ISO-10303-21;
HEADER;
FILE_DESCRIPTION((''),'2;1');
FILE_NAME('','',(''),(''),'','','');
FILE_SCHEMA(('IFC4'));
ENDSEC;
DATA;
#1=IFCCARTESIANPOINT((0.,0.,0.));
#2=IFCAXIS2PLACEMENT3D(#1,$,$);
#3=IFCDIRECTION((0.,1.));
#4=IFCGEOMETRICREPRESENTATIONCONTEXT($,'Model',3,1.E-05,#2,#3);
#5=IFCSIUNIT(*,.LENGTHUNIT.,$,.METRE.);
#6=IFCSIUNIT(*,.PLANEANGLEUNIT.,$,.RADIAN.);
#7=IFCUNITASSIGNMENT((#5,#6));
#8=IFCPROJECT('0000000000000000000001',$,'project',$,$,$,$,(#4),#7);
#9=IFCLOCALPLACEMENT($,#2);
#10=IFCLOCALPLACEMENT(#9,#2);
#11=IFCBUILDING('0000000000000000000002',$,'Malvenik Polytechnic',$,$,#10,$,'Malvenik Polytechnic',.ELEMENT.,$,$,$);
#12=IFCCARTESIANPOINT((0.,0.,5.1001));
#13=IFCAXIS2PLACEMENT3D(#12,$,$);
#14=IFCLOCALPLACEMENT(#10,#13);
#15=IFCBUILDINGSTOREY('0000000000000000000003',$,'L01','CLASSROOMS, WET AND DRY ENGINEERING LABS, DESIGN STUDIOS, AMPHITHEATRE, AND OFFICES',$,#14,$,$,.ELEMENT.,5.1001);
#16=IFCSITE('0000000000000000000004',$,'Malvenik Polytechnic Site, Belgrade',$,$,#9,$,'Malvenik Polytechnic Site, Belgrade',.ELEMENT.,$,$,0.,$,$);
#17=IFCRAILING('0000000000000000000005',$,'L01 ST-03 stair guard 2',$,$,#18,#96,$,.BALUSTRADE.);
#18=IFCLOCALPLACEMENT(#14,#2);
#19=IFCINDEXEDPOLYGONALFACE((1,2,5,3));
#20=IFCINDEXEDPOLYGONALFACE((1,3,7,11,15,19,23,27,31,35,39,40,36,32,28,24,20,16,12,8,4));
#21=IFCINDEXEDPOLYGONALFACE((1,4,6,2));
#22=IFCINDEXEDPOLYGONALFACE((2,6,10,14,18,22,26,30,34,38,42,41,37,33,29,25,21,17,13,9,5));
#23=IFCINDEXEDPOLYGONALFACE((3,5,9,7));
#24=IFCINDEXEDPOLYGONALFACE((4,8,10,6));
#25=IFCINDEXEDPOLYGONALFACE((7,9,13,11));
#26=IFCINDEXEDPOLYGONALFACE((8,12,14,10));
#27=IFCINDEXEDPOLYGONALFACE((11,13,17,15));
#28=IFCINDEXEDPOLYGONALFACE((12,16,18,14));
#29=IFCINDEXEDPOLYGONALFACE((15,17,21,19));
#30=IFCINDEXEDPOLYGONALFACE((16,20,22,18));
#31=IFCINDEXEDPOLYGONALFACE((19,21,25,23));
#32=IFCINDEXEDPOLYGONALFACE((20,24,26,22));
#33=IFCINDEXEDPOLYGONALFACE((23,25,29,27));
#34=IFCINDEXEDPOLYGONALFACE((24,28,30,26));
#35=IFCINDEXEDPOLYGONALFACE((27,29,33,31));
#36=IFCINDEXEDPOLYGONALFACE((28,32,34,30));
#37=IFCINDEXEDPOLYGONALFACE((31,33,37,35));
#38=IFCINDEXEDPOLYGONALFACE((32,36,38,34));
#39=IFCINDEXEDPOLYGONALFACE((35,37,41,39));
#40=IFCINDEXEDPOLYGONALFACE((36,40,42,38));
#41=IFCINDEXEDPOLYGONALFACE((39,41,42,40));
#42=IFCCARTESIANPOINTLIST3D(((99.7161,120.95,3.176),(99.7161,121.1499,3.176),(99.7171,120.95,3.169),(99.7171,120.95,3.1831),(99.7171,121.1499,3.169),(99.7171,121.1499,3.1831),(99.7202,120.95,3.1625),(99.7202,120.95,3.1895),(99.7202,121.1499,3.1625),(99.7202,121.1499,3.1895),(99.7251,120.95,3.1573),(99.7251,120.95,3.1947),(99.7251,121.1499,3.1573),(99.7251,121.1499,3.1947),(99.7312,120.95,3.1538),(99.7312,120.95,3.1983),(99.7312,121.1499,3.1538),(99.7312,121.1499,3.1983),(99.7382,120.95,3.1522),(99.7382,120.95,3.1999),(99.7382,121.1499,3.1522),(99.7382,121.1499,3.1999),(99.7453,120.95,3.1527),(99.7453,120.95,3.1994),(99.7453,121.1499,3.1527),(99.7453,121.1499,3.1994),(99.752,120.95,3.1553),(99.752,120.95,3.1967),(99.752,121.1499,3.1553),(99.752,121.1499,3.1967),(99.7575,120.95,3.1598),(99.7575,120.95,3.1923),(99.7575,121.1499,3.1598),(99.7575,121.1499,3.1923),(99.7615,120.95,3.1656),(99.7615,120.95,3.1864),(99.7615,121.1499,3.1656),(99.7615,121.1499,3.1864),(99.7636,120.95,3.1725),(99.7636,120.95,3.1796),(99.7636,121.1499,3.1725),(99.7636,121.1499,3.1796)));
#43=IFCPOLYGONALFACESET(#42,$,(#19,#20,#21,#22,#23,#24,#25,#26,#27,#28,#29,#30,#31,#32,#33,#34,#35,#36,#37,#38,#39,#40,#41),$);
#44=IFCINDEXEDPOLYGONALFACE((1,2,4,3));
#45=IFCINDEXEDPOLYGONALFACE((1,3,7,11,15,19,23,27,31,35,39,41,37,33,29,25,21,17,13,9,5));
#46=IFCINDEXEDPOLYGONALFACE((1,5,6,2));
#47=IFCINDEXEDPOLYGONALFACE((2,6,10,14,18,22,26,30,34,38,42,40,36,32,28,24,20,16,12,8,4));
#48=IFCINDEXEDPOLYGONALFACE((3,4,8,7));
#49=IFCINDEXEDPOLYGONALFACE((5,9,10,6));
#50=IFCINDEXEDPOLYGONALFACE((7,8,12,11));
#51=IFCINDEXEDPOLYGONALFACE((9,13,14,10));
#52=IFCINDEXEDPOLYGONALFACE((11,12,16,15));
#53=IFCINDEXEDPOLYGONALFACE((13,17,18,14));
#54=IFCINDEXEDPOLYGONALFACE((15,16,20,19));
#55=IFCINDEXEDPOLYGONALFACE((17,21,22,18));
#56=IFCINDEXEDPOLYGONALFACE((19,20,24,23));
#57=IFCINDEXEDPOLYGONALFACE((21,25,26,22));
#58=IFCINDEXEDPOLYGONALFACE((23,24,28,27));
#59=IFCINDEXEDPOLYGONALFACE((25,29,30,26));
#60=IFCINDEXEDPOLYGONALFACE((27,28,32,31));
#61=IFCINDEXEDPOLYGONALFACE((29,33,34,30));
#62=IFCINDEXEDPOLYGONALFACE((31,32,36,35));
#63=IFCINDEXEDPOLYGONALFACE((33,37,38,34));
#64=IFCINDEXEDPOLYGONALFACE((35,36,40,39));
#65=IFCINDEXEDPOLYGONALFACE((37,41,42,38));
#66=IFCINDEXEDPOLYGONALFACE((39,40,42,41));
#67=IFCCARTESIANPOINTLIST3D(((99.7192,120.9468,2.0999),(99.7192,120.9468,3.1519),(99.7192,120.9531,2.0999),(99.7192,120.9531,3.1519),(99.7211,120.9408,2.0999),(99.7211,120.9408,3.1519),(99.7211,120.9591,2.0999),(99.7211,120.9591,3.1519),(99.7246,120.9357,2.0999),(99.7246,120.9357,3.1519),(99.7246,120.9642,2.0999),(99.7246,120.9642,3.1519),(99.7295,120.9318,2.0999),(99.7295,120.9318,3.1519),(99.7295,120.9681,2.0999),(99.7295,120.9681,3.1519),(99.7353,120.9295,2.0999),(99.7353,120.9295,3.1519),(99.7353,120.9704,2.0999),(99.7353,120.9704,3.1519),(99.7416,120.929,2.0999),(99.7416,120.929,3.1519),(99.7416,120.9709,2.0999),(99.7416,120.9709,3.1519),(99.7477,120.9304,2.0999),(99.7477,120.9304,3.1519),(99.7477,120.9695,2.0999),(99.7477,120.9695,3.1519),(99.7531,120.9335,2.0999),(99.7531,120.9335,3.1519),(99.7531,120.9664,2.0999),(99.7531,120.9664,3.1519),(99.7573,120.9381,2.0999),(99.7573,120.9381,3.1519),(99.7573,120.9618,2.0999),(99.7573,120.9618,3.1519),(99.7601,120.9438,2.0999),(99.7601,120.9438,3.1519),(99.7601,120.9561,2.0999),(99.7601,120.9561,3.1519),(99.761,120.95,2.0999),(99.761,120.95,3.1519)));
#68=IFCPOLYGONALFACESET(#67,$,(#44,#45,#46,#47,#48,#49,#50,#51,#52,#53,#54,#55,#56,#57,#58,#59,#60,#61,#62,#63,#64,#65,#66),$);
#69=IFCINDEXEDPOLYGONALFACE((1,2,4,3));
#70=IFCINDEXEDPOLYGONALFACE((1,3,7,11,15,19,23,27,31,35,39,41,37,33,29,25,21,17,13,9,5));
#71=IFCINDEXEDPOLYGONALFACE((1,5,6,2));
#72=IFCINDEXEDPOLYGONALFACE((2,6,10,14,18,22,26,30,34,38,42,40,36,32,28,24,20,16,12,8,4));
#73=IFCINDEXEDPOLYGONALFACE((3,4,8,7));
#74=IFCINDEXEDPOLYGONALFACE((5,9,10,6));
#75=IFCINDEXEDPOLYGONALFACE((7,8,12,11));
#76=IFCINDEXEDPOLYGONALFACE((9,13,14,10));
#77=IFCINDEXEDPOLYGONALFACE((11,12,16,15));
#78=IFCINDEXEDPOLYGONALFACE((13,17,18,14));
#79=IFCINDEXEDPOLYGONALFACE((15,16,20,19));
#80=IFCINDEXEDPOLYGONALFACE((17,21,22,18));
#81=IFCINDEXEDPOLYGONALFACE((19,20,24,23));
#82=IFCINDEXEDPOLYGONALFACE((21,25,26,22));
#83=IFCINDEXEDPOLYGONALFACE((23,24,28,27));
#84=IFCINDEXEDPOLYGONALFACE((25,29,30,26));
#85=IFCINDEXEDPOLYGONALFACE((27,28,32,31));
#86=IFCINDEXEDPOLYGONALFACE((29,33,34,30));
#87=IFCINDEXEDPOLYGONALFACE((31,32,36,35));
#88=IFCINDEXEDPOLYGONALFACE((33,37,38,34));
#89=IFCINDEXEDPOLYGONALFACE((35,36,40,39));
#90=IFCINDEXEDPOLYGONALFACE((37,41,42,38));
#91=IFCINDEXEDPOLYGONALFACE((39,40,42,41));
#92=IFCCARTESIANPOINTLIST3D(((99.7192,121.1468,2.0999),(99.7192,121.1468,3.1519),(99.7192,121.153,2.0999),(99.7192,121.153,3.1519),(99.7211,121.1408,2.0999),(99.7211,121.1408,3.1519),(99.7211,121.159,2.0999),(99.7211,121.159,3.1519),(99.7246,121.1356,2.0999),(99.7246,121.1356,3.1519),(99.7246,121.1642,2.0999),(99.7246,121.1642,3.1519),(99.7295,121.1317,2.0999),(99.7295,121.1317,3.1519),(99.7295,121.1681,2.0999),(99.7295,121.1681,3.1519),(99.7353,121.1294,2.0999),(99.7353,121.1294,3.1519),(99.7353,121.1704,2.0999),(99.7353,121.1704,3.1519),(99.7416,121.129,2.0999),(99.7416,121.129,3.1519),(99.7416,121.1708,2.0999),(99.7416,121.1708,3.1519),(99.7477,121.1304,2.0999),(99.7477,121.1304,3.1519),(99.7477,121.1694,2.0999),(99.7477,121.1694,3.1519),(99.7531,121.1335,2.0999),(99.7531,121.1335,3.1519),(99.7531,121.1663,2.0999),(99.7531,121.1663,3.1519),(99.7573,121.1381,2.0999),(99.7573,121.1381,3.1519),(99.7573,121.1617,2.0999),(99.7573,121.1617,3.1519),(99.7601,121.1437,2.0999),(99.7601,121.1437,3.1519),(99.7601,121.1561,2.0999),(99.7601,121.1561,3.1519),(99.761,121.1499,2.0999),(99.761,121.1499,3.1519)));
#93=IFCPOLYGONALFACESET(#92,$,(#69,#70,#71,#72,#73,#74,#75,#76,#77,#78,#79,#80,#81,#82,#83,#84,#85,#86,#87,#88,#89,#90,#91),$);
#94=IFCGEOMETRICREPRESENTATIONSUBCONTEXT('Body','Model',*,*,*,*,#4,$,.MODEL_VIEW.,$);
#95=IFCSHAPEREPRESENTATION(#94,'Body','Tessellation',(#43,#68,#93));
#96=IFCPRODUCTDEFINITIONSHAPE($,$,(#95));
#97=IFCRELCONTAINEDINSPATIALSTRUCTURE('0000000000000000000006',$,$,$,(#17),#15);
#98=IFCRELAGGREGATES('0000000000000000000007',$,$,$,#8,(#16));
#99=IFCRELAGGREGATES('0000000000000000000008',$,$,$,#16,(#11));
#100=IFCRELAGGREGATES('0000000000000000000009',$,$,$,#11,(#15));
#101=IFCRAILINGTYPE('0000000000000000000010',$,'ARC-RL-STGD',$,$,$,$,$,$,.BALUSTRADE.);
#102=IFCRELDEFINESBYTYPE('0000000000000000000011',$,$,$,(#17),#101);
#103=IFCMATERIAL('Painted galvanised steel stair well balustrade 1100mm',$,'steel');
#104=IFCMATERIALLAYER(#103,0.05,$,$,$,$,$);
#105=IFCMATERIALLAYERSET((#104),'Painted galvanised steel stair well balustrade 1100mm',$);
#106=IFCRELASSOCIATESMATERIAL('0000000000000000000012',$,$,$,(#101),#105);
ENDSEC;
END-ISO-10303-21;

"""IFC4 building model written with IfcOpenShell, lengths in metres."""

from ifc_helpers import new_model, si_unit, direction, frame, origin, origin_2d, place, context, subcontext, project, spatial, circle, extrude, material, layer, layer_set, type_object, element, save


model = new_model("IFC4")

# Units and contexts
model_context = context("Model", 3, precision=1e-05, world=origin(), true_north=direction((0.0, 1.0)))
body_context = subcontext(model_context, "Body", "Model", "MODEL_VIEW")
ifc_project = project(units=[si_unit("LENGTHUNIT", "METRE"), si_unit("PLANEANGLEUNIT", "RADIAN")], contexts=[model_context])

# Site, building, storey
site_placement = place(None, origin())
site = spatial("IfcSite", under=ifc_project, at=site_placement, Name="Malvenik Polytechnic Site, Belgrade", LongName="Malvenik Polytechnic Site, Belgrade", CompositionType="ELEMENT", RefElevation=0.0)
building_placement = place(site_placement, origin())
building = spatial("IfcBuilding", under=site, at=building_placement, Name="Malvenik Polytechnic", LongName="Malvenik Polytechnic", CompositionType="ELEMENT")
storey_placement = place(building_placement, frame((0.0, 0.0, 5.1001)))
storey = spatial("IfcBuildingStorey", under=building, at=storey_placement, Name="L01", Description="CLASSROOMS, WET AND DRY ENGINEERING LABS, DESIGN STUDIOS, AMPHITHEATRE, AND OFFICES", CompositionType="ELEMENT", Elevation=5.1001)

# Railing
ifc_material_1 = material(Name="Painted galvanised steel stair well balustrade 1100mm", Category="steel")
ifc_layer_1 = layer(ifc_material_1, 0.05)
ifc_layer_set_1 = layer_set([ifc_layer_1], Name="Painted galvanised steel stair well balustrade 1100mm")
railing_type_1 = type_object("IfcRailingType", Name="ARC-RL-STGD", PredefinedType="BALUSTRADE", material=ifc_layer_set_1)
railing_1_placement = place(storey_placement, frame((99.74, 120.95, 2.0999)))
element("IfcRailing", 1, at=railing_1_placement, inside=storey, type_object=railing_type_1, Name="L01 ST-03 stair guard 2", PredefinedType="BALUSTRADE", context=body_context, shape_type="SweptSolid", body=[
    extrude(circle(Radius=0.0239, at=origin_2d()), frame((0.0, 0.0, 1.0762), z_axis=(0.0, 1.0, 0.0), x_axis=(-1.0, 0.0, 0.0)), (0.0, 0.0, 1.0), 0.2),
    extrude(circle(Radius=0.021, at=origin_2d()), origin(), (0.0, 0.0, 1.0), 1.052),
    extrude(circle(Radius=0.021, at=origin_2d()), frame((0.0, 0.2, 0.0)), (0.0, 0.0, 1.0), 1.052),
])

save(model, "model.ifc")
